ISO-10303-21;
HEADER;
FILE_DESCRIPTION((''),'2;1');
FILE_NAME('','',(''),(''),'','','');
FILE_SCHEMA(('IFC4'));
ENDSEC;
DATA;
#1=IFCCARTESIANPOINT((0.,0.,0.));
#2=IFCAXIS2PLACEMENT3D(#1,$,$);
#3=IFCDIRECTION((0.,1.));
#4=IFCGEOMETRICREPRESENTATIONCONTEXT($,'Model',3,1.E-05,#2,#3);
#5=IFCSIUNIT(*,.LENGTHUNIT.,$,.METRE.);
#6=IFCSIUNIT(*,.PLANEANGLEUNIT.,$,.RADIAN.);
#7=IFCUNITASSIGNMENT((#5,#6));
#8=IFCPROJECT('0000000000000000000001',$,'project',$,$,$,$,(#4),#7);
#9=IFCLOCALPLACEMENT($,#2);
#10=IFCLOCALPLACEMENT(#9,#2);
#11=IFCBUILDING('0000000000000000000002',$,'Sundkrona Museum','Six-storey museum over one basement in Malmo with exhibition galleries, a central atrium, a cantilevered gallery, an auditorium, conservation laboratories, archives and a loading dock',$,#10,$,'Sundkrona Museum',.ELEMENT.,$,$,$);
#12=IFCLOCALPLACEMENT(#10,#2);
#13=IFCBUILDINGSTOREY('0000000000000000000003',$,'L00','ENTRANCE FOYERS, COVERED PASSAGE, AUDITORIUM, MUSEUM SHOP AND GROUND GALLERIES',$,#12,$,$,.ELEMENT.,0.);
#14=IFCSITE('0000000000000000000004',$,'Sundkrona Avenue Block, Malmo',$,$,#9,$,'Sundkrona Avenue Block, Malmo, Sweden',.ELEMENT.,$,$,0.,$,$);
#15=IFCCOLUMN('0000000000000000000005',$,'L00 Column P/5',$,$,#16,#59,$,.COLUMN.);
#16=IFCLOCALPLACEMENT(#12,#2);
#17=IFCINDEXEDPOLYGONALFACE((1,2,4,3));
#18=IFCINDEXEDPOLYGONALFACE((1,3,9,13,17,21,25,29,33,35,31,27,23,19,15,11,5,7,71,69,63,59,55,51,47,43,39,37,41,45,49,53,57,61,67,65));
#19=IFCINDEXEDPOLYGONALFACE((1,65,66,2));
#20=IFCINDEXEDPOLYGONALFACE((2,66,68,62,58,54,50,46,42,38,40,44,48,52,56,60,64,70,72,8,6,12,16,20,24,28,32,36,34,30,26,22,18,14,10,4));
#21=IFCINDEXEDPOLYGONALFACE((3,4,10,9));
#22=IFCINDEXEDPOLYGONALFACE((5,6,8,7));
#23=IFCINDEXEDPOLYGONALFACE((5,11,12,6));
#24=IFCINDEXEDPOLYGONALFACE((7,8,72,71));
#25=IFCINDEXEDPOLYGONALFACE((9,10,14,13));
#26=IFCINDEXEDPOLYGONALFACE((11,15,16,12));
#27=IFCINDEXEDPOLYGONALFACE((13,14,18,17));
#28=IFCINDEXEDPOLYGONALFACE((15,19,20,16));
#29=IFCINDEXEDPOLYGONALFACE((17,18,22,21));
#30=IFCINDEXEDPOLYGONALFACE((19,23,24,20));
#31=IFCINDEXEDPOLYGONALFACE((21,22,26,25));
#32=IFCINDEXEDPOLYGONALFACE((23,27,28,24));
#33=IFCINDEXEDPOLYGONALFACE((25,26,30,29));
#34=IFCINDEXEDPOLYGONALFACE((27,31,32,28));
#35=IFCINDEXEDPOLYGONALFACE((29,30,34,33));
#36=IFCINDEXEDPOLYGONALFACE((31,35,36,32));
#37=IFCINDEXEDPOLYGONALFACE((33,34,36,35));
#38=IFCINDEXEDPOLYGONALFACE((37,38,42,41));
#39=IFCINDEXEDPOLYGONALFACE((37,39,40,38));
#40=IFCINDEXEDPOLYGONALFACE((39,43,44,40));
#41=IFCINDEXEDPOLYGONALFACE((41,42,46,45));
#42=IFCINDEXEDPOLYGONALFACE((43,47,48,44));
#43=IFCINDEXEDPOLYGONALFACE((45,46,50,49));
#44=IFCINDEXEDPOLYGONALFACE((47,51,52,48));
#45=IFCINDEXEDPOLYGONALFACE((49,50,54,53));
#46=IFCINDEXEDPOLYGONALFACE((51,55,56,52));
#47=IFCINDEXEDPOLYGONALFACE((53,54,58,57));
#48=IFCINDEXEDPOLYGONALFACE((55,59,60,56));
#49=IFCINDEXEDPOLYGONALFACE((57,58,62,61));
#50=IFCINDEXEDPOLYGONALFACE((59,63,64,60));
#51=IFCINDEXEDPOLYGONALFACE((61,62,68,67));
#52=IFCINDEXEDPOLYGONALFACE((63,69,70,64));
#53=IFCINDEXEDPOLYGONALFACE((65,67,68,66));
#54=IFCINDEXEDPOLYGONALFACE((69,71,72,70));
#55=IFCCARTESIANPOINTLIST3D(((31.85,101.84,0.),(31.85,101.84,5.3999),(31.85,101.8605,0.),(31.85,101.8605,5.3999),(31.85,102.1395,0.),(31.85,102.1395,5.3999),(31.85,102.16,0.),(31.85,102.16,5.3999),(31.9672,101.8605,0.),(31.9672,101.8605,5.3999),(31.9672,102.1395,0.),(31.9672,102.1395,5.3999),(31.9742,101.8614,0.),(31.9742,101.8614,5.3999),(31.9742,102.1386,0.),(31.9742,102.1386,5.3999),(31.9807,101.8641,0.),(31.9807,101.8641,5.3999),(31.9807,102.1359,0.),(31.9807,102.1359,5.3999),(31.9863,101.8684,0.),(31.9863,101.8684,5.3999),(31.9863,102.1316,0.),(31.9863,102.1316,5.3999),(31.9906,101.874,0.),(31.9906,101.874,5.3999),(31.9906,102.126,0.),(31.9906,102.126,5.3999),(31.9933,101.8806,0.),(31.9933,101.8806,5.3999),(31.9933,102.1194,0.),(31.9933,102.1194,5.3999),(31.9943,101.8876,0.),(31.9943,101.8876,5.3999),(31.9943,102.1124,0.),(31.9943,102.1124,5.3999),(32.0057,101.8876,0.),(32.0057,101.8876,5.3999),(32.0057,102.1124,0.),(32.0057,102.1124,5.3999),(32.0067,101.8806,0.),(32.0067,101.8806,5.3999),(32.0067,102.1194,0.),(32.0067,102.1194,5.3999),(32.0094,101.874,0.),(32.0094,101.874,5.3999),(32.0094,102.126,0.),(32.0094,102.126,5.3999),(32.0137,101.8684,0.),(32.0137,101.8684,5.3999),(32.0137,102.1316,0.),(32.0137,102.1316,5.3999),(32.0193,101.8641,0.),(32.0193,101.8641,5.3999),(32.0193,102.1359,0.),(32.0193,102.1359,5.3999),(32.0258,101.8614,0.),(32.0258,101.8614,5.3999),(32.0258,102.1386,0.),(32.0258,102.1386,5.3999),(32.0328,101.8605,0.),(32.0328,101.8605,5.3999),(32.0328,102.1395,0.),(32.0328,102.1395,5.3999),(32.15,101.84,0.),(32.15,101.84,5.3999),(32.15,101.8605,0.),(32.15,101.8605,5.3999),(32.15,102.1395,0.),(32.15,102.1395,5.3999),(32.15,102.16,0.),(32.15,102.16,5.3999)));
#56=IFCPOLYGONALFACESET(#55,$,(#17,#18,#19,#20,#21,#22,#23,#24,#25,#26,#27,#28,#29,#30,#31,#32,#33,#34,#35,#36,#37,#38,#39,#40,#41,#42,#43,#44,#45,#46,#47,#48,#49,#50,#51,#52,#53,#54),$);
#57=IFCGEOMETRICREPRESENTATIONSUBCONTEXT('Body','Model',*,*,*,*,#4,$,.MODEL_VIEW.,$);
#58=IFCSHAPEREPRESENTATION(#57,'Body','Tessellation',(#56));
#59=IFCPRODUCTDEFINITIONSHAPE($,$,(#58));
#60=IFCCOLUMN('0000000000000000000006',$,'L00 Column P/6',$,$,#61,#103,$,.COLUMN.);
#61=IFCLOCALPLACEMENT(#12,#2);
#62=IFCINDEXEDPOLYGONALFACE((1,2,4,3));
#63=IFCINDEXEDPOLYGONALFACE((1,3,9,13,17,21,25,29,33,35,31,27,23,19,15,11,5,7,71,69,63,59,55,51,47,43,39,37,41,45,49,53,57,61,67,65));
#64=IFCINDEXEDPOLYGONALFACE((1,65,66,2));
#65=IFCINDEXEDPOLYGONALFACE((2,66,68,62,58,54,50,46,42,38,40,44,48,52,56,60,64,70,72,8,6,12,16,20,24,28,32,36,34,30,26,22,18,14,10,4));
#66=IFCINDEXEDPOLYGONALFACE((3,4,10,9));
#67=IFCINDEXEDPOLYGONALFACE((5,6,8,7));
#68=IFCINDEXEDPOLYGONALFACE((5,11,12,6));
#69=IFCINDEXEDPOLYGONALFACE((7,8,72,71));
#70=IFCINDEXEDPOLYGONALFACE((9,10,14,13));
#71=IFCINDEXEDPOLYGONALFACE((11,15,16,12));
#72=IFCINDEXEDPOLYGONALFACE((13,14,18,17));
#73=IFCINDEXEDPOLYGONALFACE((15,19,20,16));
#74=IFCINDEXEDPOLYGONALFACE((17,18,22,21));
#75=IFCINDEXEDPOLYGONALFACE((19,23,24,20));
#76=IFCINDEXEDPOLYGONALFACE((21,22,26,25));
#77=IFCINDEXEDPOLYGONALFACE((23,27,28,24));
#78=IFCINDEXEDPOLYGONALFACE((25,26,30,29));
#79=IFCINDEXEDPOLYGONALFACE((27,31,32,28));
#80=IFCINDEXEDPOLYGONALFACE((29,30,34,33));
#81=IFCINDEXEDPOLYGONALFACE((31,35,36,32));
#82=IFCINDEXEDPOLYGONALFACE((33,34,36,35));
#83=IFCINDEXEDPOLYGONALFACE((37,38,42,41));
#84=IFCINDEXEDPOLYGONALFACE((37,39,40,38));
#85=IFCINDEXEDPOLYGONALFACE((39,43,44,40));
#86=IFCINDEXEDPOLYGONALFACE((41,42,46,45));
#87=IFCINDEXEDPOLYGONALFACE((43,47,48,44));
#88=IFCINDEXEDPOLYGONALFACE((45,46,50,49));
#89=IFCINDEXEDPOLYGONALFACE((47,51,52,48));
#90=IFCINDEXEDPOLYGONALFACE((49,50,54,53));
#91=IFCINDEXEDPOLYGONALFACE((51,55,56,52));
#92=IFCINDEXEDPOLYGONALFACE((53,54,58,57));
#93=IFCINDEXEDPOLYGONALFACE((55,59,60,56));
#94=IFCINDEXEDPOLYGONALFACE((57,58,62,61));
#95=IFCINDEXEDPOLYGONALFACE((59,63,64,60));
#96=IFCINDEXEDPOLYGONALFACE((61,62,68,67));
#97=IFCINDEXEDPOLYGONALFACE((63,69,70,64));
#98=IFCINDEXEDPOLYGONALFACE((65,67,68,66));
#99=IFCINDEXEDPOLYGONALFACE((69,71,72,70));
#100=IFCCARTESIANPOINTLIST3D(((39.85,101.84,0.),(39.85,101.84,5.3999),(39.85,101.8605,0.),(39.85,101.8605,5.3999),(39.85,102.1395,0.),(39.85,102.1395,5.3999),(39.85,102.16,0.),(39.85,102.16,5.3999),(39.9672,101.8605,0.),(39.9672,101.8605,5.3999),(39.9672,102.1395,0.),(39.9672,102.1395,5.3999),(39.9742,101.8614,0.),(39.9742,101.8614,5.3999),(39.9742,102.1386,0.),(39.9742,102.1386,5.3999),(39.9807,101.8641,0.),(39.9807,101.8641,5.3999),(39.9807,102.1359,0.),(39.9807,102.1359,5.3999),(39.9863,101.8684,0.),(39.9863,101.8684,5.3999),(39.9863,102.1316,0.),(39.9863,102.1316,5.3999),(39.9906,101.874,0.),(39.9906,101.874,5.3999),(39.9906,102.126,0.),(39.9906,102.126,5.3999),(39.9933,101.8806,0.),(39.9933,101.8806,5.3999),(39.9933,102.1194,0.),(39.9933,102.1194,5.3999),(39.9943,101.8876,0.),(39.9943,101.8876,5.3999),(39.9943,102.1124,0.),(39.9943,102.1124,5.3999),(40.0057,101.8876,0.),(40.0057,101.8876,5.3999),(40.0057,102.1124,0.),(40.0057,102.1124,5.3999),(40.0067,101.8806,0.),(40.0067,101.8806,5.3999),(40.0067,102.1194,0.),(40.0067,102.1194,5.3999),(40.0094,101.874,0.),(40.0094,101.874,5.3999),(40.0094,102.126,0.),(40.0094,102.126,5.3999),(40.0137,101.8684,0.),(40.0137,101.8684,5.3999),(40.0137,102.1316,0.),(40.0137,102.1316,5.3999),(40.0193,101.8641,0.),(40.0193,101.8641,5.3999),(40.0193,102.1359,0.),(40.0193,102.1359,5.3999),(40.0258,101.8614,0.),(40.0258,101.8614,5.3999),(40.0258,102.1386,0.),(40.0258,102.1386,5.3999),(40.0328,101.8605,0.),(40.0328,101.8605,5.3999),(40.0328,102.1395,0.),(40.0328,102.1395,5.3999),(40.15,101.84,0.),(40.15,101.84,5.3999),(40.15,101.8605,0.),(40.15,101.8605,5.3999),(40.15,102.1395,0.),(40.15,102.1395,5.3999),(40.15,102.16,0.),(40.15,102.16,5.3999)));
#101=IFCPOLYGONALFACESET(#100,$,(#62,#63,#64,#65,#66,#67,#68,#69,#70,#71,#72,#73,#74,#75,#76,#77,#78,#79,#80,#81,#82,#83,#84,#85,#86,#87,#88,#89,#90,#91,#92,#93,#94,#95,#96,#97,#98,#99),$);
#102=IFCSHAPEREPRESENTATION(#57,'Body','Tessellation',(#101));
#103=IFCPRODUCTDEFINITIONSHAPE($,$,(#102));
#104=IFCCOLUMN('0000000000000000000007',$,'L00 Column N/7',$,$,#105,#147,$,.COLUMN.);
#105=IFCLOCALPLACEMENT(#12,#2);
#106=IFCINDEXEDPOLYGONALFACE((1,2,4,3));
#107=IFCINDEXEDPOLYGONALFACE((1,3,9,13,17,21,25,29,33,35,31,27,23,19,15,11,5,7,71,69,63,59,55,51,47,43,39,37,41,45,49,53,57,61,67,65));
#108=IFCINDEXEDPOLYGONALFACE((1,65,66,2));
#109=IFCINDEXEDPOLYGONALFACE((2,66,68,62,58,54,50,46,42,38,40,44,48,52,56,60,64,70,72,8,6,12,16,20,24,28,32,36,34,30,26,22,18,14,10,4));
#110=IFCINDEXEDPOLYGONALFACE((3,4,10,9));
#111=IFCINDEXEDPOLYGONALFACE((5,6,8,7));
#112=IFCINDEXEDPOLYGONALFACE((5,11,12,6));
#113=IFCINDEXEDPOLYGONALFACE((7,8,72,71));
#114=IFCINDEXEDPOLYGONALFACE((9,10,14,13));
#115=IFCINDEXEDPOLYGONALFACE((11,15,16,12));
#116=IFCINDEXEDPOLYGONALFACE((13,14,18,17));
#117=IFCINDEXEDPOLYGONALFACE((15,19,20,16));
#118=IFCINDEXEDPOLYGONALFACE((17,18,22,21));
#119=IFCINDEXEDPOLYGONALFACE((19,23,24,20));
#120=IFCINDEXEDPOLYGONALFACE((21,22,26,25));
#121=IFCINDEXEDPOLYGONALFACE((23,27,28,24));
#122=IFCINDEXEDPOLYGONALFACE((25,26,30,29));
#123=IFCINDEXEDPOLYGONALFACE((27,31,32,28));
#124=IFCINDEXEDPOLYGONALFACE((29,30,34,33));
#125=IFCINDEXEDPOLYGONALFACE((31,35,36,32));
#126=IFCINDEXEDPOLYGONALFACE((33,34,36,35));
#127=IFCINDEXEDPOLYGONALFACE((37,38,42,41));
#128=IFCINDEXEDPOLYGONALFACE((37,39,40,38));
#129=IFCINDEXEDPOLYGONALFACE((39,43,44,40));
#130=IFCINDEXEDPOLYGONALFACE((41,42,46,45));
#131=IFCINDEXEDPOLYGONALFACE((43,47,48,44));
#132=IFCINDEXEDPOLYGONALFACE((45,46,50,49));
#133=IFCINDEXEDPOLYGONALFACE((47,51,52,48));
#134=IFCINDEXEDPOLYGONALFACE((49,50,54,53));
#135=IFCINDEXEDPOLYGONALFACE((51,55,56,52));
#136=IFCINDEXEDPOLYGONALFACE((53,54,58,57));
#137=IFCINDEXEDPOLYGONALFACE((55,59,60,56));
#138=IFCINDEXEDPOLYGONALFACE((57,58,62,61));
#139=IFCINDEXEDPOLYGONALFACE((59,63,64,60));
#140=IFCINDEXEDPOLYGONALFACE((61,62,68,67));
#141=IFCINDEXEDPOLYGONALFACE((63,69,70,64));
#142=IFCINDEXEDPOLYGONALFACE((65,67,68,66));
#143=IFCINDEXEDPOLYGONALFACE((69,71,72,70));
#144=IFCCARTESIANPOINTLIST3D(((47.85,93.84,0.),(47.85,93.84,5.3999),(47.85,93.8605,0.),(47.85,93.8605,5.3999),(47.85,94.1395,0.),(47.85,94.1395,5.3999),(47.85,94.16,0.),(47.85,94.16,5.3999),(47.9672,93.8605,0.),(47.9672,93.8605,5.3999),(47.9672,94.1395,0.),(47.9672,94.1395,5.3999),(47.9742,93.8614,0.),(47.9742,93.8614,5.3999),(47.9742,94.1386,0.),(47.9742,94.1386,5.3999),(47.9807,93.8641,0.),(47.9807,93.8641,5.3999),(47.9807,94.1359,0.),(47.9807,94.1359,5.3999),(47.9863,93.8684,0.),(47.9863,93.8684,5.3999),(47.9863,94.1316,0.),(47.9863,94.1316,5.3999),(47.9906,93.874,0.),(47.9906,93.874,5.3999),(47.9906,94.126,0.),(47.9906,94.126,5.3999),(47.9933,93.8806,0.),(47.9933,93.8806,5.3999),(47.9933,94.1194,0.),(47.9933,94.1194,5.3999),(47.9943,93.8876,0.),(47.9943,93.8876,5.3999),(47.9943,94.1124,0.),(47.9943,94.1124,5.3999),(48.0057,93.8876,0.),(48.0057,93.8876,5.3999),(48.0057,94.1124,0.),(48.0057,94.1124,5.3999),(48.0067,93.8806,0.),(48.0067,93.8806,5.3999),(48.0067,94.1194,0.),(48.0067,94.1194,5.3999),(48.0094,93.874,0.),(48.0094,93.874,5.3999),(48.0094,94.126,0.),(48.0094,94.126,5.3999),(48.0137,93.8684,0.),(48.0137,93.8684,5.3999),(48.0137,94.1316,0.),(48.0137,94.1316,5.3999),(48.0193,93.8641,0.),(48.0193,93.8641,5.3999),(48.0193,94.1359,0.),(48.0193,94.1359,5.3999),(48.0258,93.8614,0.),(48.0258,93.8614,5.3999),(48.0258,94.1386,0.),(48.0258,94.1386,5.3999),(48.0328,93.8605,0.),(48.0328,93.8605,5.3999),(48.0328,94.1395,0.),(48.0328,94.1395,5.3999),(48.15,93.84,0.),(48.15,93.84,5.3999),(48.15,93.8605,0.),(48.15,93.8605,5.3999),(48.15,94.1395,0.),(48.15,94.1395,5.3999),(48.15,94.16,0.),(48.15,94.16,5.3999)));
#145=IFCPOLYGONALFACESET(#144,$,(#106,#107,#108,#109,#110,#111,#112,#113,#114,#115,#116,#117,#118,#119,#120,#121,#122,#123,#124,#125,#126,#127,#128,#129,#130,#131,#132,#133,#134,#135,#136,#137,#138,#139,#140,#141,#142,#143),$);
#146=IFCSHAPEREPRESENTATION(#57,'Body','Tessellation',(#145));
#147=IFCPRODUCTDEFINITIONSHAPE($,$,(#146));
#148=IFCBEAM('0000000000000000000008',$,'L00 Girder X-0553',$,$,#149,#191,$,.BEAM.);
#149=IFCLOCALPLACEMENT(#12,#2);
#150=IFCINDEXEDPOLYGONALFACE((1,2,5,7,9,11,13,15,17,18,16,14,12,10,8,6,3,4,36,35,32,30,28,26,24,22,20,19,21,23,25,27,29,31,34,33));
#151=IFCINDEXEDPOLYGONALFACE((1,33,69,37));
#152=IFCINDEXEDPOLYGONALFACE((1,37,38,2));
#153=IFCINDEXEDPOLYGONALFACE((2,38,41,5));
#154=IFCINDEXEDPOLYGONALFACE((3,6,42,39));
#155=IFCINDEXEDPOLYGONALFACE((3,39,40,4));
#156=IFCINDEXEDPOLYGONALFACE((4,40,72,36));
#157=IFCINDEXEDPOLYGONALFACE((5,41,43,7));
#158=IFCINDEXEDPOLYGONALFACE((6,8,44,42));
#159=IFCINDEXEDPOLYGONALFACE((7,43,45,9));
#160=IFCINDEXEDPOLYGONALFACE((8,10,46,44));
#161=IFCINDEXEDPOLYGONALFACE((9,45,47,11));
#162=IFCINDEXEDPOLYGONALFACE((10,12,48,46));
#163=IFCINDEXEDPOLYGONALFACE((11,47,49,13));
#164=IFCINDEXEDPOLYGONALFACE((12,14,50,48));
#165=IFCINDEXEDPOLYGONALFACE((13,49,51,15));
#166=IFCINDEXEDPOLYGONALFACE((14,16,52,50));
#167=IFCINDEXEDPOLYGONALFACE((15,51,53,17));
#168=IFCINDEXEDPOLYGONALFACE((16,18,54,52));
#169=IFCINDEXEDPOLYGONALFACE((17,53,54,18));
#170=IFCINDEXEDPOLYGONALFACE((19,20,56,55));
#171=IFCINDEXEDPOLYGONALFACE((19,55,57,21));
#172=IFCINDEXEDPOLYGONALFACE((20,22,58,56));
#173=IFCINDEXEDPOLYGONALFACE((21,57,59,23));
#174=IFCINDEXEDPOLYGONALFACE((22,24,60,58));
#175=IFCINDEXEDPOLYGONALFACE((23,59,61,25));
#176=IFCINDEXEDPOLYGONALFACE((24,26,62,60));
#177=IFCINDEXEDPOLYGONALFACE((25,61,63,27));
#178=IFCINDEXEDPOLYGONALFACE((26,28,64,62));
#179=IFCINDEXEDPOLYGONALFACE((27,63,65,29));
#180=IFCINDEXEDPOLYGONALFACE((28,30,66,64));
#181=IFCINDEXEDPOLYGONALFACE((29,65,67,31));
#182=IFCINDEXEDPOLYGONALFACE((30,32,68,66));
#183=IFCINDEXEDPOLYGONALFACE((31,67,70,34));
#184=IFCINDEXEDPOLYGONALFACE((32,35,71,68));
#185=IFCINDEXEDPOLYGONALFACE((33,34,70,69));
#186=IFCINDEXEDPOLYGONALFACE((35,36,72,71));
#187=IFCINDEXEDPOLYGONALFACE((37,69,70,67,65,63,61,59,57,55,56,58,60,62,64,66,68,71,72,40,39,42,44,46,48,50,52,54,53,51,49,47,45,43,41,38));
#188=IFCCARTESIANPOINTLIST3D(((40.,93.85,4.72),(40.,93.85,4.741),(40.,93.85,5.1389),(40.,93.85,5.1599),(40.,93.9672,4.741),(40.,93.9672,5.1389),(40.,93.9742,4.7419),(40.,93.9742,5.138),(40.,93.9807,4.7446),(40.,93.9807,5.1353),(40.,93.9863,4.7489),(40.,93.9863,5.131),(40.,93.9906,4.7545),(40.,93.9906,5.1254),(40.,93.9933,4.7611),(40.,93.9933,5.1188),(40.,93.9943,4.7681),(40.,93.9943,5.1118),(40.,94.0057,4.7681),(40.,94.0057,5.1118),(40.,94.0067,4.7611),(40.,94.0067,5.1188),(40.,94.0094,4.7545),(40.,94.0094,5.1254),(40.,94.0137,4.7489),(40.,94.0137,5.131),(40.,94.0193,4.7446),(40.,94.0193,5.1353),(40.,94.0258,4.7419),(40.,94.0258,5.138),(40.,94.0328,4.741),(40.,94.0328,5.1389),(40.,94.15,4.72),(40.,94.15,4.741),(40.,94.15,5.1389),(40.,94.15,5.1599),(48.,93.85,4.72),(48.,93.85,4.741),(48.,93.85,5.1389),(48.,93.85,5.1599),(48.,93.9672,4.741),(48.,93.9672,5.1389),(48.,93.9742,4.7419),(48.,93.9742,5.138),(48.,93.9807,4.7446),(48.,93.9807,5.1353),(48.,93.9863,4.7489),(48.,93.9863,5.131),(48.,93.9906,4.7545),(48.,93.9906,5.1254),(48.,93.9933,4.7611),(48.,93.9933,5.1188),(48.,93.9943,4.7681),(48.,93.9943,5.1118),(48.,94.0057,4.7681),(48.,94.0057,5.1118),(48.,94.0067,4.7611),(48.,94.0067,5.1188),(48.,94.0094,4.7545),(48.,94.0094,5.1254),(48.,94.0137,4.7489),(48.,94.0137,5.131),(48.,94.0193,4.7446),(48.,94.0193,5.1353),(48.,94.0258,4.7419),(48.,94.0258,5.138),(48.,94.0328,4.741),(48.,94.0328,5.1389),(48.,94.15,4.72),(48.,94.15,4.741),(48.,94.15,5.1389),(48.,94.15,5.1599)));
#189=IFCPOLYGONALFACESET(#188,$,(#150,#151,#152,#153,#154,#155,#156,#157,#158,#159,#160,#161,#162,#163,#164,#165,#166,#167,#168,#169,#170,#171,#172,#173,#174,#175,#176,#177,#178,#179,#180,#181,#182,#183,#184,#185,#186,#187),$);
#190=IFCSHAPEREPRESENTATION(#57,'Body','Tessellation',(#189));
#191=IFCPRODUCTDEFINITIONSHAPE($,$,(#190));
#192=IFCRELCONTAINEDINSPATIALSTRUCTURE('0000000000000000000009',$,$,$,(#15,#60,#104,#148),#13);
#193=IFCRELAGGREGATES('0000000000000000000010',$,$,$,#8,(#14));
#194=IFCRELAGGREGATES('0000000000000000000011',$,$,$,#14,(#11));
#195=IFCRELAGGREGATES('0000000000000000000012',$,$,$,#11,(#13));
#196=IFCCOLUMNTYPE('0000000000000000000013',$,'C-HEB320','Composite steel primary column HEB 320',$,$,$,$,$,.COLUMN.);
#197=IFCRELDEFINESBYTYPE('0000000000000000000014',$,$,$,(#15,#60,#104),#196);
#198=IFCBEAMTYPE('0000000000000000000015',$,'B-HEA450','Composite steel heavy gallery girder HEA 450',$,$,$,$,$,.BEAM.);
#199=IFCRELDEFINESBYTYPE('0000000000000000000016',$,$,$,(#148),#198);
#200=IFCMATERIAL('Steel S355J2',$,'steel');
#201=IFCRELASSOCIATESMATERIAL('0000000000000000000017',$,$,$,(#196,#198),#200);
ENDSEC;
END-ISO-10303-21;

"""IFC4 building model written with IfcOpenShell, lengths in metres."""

from ifc_helpers import new_model, si_unit, direction, frame, origin, origin_2d, place, context, subcontext, project, spatial, i_section, extrude, material, material_profile, profile_set, type_object, element, save


model = new_model("IFC4")

# Units and contexts
model_context = context("Model", 3, precision=1e-05, world=origin(), true_north=direction((0.0, 1.0)))
body_context = subcontext(model_context, "Body", "Model", "MODEL_VIEW")
ifc_project = project(units=[si_unit("LENGTHUNIT", "METRE"), si_unit("PLANEANGLEUNIT", "RADIAN")], contexts=[model_context])

# Site, building, storey
site_placement = place(None, origin())
site = spatial("IfcSite", under=ifc_project, at=site_placement, Name="Sundkrona Avenue Block, Malmo", LongName="Sundkrona Avenue Block, Malmo, Sweden", CompositionType="ELEMENT", RefElevation=0.0)
building_placement = place(site_placement, origin())
building = spatial("IfcBuilding", under=site, at=building_placement, Name="Sundkrona Museum", Description="Six-storey museum over one basement in Malmo with exhibition galleries, a central atrium, a cantilevered gallery, an auditorium, conservation laboratories, archives and a loading dock", LongName="Sundkrona Museum", CompositionType="ELEMENT")
storey_placement = place(building_placement, origin())
storey = spatial("IfcBuildingStorey", under=building, at=storey_placement, Name="L00", Description="ENTRANCE FOYERS, COVERED PASSAGE, AUDITORIUM, MUSEUM SHOP AND GROUND GALLERIES", CompositionType="ELEMENT", Elevation=0.0)

# Columns
ifc_material_1 = material(Name="Steel S355J2", Category="steel")
ifc_material_profile_1 = material_profile(ifc_material_1, i_section(OverallWidth=0.3, OverallDepth=0.3201, WebThickness=0.0115, FlangeThickness=0.0205, FilletRadius=0.0271, at=origin_2d()), Name="HEB 320")
ifc_profile_set_1 = profile_set([ifc_material_profile_1], Name="Steel S355J2")
column_type = type_object("IfcColumnType", Name="C-HEB320", Description="Composite steel primary column HEB 320", PredefinedType="COLUMN", material=ifc_profile_set_1)
for number, where, z_axis, x_axis, name in (
    (1, (32.0, 102.0, 0.0), (0.0, 0.0, 1.0), (1.0, 0.0, 0.0), "L00 Column P/5"),
    (2, (40.0, 102.0, 0.0), (0.0, 0.0, 1.0), (1.0, 0.0, 0.0), "L00 Column P/6"),
    (3, (48.0, 94.0, 0.0), (0.0, 0.0, 1.0), (1.0, 0.0, 0.0), "L00 Column N/7"),
):
    element("IfcColumn", number, at=place(storey_placement, frame(where, z_axis=z_axis, x_axis=x_axis)), inside=storey, type_object=column_type, Name=name, PredefinedType="COLUMN", context=body_context, shape_type="SweptSolid", body=[
        extrude(i_section(OverallWidth=0.3, OverallDepth=0.3201, WebThickness=0.0115, FlangeThickness=0.0205, FilletRadius=0.0271, at=origin_2d()), origin(), (0.0, 0.0, 1.0), 5.3999),
    ])

# Beam
ifc_material_profile_2 = material_profile(ifc_material_1, i_section(OverallWidth=0.3, OverallDepth=0.4399, WebThickness=0.0115, FlangeThickness=0.021, FilletRadius=0.0271, at=origin_2d()), Name="HEA 450")
ifc_profile_set_2 = profile_set([ifc_material_profile_2], Name="Steel S355J2")
beam_type_1 = type_object("IfcBeamType", Name="B-HEA450", Description="Composite steel heavy gallery girder HEA 450", PredefinedType="BEAM", material=ifc_profile_set_2)
for number, where, z_axis, x_axis, name in (
    (4, (40.0, 94.0, 4.9399), (1.0, 0.0, 0.0), (0.0, 1.0, 0.0), "L00 Girder X-0553"),
):
    element("IfcBeam", number, at=place(storey_placement, frame(where, z_axis=z_axis, x_axis=x_axis)), inside=storey, type_object=beam_type_1, Name=name, PredefinedType="BEAM", context=body_context, shape_type="SweptSolid", body=[
        extrude(i_section(OverallWidth=0.3, OverallDepth=0.4399, WebThickness=0.0115, FlangeThickness=0.021, FilletRadius=0.0271, at=origin_2d()), origin(), (0.0, 0.0, 1.0), 8.0),
    ])

save(model, "model.ifc")
